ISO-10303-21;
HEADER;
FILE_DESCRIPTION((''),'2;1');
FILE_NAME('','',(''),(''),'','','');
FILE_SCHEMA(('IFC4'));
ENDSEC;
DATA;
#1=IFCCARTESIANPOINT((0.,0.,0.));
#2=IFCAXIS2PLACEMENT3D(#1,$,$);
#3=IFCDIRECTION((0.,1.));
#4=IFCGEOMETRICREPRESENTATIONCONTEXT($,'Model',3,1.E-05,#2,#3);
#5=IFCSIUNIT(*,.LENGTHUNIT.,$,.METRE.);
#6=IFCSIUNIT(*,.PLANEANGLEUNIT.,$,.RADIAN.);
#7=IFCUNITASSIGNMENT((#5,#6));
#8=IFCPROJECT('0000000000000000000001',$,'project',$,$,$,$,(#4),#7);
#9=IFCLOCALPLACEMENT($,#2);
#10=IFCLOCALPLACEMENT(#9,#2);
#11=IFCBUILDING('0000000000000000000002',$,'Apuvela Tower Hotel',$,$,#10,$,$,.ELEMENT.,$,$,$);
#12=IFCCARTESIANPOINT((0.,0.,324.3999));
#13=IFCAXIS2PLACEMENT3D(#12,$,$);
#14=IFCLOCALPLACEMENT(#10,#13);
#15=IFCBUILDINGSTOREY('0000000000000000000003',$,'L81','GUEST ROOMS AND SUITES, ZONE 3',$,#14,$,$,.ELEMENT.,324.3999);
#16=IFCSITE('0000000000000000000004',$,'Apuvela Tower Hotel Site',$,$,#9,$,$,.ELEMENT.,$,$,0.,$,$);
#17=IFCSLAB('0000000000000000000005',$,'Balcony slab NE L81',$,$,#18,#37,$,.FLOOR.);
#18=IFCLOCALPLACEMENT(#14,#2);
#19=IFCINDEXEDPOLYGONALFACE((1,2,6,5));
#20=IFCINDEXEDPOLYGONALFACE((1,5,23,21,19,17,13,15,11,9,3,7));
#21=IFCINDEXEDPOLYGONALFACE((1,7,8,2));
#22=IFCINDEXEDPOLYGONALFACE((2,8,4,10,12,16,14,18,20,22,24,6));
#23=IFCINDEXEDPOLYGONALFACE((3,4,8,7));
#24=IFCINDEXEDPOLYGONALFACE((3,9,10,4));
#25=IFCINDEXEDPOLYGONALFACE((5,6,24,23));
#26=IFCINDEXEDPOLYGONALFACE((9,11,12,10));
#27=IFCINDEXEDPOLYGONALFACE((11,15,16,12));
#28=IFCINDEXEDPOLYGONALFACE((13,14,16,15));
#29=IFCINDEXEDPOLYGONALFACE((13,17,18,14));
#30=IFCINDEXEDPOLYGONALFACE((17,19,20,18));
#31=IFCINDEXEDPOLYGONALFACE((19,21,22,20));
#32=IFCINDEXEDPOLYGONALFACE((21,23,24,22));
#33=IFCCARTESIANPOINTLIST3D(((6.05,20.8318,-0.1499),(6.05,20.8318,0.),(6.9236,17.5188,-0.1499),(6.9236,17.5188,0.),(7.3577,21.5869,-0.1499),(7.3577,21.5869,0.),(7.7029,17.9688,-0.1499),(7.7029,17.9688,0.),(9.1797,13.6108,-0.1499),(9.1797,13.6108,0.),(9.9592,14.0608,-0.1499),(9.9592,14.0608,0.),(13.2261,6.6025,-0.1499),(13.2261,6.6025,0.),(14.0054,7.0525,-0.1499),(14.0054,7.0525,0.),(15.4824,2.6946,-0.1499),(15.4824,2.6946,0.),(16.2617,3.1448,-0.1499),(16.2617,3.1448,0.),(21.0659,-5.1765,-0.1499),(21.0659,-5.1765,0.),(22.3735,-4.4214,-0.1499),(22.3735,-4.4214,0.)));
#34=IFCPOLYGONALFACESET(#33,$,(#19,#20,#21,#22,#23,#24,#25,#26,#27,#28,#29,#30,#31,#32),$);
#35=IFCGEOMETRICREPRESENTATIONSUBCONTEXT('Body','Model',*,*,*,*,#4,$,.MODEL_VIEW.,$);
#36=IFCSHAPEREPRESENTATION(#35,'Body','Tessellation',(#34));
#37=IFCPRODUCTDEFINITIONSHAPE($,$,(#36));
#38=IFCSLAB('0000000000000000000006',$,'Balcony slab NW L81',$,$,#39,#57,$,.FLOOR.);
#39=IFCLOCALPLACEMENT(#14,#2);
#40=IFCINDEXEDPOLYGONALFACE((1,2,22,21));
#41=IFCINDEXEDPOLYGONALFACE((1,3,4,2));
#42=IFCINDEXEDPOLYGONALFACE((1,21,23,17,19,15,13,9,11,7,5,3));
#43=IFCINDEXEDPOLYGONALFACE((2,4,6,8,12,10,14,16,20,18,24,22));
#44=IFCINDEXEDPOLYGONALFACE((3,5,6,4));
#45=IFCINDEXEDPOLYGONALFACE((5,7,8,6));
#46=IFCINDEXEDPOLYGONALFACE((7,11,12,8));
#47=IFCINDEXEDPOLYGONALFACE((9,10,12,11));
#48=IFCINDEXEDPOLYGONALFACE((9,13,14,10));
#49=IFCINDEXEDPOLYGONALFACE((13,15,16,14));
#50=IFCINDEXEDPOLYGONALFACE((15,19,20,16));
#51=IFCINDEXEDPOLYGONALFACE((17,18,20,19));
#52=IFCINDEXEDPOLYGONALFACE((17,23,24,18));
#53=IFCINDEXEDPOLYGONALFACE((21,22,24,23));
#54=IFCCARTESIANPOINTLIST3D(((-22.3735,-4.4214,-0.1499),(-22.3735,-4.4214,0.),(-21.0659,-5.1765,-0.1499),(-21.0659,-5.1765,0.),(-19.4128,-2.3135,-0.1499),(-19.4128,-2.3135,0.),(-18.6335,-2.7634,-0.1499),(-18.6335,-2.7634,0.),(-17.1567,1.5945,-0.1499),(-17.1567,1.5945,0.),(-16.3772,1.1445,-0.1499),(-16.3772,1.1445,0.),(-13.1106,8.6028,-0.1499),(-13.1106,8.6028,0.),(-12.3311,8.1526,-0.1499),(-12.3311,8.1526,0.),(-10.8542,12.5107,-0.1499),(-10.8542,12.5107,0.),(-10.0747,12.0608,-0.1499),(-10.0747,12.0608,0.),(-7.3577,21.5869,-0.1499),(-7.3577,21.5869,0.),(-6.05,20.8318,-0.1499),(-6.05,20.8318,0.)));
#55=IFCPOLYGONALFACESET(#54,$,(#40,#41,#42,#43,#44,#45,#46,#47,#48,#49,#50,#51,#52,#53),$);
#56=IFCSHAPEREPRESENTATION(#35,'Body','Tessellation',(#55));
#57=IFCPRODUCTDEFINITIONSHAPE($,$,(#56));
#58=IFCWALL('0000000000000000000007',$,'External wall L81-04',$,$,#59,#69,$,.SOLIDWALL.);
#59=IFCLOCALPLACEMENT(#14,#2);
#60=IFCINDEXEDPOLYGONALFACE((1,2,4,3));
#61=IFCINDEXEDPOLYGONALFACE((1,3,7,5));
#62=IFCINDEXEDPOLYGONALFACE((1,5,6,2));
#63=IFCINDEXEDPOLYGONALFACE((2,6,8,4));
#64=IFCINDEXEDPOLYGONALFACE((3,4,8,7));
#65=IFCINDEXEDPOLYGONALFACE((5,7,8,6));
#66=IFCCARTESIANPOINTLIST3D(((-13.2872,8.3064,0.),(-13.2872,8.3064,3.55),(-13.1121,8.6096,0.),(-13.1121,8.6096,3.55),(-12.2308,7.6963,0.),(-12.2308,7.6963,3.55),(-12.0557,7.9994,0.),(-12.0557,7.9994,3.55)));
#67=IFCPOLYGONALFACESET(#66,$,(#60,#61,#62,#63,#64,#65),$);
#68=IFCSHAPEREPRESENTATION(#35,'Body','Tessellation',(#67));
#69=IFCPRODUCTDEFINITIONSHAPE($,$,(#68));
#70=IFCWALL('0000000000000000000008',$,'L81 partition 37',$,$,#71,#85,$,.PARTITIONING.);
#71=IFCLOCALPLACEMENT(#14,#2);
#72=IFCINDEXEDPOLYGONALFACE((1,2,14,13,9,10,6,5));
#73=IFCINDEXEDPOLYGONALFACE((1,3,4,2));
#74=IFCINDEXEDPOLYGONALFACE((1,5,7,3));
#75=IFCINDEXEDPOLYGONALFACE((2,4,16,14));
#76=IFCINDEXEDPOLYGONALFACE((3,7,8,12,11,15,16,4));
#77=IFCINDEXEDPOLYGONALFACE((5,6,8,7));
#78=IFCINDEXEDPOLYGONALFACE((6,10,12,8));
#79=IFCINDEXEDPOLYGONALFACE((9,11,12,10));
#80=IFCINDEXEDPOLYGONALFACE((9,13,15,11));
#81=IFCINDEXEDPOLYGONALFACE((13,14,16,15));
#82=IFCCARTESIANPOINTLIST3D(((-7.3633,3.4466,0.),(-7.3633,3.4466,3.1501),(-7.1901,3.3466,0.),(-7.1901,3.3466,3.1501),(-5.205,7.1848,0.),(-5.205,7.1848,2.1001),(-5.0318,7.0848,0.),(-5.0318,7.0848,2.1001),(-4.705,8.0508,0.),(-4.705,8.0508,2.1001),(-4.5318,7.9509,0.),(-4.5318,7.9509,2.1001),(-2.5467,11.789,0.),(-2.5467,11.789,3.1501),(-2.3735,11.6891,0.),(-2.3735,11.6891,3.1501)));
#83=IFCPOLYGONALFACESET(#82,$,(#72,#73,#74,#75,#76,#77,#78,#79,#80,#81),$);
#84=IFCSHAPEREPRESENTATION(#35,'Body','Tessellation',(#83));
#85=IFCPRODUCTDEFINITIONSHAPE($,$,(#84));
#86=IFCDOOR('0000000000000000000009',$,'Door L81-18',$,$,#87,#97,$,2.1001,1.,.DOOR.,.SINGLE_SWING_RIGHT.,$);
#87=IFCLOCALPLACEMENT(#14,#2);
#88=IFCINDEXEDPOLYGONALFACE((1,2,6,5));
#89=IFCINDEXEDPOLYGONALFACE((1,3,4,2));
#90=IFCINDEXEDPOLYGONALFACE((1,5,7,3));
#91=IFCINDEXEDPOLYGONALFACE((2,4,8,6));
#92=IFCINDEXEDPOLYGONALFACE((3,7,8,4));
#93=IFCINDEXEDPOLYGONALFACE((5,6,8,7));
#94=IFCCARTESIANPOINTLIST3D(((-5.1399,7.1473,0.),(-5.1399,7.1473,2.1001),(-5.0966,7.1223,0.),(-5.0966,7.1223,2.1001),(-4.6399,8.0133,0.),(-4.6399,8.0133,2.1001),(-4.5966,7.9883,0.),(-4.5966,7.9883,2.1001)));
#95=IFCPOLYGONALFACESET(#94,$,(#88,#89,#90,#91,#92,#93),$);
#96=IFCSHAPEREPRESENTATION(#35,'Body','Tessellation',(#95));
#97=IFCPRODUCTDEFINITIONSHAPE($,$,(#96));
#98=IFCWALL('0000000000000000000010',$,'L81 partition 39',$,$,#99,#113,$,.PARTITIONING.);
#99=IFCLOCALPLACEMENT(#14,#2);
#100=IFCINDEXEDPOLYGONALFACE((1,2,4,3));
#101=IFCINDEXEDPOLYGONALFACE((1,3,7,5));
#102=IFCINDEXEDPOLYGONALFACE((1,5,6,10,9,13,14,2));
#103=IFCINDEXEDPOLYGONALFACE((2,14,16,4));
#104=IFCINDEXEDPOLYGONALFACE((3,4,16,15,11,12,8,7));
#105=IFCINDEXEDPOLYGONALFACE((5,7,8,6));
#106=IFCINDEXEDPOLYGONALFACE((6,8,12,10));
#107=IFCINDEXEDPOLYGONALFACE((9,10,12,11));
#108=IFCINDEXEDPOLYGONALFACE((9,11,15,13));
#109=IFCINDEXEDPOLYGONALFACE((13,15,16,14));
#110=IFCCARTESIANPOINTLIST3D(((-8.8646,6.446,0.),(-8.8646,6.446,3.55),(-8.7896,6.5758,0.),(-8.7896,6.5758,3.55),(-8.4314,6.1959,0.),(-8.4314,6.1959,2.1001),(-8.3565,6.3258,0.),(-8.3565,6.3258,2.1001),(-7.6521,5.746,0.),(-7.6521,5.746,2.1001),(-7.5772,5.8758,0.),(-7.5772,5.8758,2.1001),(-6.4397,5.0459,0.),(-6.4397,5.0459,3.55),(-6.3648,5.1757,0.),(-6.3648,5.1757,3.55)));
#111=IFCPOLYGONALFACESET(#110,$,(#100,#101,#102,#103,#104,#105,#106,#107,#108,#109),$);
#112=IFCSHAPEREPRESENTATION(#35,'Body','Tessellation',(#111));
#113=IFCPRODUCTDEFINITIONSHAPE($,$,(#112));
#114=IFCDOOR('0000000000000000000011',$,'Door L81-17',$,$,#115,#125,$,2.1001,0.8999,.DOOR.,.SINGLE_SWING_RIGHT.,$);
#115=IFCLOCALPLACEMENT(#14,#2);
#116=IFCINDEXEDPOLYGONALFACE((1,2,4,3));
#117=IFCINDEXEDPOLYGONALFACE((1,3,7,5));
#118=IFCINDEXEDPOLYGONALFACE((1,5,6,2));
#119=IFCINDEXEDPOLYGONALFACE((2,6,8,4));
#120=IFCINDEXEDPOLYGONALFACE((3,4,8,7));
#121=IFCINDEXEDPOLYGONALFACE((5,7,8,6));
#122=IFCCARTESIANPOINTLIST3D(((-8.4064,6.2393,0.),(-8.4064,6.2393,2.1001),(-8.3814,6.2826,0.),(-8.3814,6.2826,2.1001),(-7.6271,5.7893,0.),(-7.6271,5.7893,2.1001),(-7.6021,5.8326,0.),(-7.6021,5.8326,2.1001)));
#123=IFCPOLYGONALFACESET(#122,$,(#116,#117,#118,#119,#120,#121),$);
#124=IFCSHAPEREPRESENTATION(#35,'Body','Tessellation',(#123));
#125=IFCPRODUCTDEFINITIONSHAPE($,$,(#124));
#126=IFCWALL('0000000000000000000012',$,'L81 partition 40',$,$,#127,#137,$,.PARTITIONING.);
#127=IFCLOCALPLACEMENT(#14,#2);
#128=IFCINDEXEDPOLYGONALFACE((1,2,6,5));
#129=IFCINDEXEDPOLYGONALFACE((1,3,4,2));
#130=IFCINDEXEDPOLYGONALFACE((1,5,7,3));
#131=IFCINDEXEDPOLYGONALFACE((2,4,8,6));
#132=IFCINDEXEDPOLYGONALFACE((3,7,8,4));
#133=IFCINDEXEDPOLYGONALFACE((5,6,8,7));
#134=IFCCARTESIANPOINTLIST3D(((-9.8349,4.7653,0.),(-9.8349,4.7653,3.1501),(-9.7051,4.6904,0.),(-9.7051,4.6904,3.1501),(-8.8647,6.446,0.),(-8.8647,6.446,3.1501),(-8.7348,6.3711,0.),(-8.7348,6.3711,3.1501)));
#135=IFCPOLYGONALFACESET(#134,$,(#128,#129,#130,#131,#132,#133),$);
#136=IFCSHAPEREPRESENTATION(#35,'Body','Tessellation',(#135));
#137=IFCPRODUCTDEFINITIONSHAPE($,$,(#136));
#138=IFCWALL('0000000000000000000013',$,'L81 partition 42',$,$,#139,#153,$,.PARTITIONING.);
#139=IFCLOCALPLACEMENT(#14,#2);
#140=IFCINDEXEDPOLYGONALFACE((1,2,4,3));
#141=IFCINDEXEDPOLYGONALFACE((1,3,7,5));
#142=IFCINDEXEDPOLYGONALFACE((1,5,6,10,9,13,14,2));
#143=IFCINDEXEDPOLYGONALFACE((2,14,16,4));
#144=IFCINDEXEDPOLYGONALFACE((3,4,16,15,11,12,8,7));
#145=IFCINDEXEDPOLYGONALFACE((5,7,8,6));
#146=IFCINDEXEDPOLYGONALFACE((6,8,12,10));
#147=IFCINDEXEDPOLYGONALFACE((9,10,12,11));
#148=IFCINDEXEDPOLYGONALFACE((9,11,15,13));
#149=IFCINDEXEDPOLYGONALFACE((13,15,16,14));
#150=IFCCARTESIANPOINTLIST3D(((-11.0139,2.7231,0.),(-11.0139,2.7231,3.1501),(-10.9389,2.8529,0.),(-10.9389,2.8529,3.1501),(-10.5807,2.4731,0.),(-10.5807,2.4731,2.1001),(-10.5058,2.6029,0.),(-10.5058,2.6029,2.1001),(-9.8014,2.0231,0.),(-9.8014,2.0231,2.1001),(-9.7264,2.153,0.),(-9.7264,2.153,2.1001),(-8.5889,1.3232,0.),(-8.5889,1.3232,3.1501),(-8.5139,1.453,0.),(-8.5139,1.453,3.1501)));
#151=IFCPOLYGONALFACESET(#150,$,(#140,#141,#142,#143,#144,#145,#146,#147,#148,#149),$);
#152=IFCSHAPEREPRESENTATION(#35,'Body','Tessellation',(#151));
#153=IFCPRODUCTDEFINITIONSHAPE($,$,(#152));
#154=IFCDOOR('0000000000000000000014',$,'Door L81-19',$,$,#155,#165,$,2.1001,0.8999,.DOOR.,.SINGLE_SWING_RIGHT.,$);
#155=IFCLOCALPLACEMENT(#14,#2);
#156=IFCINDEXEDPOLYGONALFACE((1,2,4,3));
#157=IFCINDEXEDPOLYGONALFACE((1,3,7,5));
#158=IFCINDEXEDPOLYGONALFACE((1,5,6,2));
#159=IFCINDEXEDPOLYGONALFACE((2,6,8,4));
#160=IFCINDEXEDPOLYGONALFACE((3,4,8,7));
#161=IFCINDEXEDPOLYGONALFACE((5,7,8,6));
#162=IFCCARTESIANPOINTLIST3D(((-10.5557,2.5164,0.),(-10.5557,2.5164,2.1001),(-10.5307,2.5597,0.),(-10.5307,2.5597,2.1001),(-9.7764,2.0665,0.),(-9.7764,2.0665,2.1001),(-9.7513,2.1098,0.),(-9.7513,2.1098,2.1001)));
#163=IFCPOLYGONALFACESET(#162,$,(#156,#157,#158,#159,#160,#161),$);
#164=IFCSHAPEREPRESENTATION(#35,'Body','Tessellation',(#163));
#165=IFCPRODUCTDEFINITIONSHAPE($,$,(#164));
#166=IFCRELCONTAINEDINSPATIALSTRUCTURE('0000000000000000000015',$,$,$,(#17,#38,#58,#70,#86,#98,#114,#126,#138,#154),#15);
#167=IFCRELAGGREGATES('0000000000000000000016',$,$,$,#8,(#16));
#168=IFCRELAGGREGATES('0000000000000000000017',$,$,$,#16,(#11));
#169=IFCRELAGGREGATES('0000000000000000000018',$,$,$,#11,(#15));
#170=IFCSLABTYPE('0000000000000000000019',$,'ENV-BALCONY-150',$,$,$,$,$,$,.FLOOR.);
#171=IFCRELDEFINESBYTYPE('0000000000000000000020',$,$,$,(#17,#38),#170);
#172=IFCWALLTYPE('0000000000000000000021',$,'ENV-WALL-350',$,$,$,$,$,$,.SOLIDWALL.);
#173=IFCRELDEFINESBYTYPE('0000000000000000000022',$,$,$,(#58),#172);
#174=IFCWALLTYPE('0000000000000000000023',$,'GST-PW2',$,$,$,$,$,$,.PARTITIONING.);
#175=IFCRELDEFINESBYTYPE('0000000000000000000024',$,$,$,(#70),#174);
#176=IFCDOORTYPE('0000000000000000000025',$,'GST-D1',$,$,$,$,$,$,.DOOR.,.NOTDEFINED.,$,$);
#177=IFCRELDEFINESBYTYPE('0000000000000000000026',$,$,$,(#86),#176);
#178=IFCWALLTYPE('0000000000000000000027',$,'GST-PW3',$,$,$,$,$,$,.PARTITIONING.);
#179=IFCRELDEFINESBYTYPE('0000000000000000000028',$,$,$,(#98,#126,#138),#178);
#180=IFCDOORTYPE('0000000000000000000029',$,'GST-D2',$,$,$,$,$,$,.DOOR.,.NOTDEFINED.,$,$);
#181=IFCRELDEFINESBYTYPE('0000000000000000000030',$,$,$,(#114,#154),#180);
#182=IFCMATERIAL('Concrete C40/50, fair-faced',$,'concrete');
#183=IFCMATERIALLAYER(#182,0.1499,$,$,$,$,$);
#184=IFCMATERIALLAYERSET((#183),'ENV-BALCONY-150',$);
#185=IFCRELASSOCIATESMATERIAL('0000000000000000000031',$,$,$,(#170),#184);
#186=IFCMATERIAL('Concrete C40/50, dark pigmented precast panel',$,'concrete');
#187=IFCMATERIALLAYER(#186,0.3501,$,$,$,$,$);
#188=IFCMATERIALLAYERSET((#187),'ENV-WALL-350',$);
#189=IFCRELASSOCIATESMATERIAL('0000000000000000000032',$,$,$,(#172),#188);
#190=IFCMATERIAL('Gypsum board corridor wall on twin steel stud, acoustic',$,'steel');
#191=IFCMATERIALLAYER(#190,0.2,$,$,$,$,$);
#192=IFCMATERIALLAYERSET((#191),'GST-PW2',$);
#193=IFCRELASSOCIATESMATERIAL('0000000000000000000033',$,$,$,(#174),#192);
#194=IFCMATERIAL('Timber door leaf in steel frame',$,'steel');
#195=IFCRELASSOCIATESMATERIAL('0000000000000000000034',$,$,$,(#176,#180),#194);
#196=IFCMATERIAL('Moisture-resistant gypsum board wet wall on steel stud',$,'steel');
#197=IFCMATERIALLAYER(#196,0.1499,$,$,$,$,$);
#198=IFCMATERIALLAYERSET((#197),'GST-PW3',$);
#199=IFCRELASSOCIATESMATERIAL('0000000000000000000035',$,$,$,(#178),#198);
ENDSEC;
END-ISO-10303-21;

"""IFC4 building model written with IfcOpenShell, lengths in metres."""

from ifc_helpers import new_model, si_unit, direction, frame, frame_2d, origin, place, context, subcontext, project, spatial, polyline, rectangle, outline, extrude, material, layer, layer_set, type_object, element, fill, save


model = new_model("IFC4")

# Units and contexts
model_context = context("Model", 3, precision=1e-05, world=origin(), true_north=direction((0.0, 1.0)))
body_context = subcontext(model_context, "Body", "Model", "MODEL_VIEW")
ifc_project = project(units=[si_unit("LENGTHUNIT", "METRE"), si_unit("PLANEANGLEUNIT", "RADIAN")], contexts=[model_context])

# Site, building, storey
site_placement = place(None, origin())
site = spatial("IfcSite", under=ifc_project, at=site_placement, Name="Apuvela Tower Hotel Site", CompositionType="ELEMENT", RefElevation=0.0)
building_placement = place(site_placement, origin())
building = spatial("IfcBuilding", under=site, at=building_placement, Name="Apuvela Tower Hotel", CompositionType="ELEMENT")
storey_placement = place(building_placement, frame((0.0, 0.0, 324.3999)))
storey = spatial("IfcBuildingStorey", under=building, at=storey_placement, Name="L81", Description="GUEST ROOMS AND SUITES, ZONE 3", CompositionType="ELEMENT", Elevation=324.3999)

# Slabs
ifc_material_1 = material(Name="Concrete C40/50, fair-faced", Category="concrete")
ifc_layer_1 = layer(ifc_material_1, 0.1499)
ifc_layer_set_1 = layer_set([ifc_layer_1], Name="ENV-BALCONY-150")
slab_type_1 = type_object("IfcSlabType", Name="ENV-BALCONY-150", PredefinedType="FLOOR", material=ifc_layer_set_1)
slab_1_placement = place(storey_placement, frame((0.0, 0.0, -0.1499)))
element("IfcSlab", 1, at=slab_1_placement, inside=storey, type_object=slab_type_1, Name="Balcony slab NE L81", PredefinedType="FLOOR", context=body_context, shape_type="SweptSolid", body=[
    extrude(outline(polyline([(14.0054, 7.0525), (9.9592, 14.0608), (9.1797, 13.6108), (6.9236, 17.5188), (7.7029, 17.9688), (6.05, 20.8318), (7.3577, 21.5869), (22.3735, -4.4214), (21.0659, -5.1765), (16.2617, 3.1448), (15.4824, 2.6946), (13.2261, 6.6025), (14.0054, 7.0525)])), origin(), (0.0, 0.0, 1.0), 0.1499),
])
slab_2_placement = place(storey_placement, frame((0.0, 0.0, -0.1499)))
element("IfcSlab", 2, at=slab_2_placement, inside=storey, type_object=slab_type_1, Name="Balcony slab NW L81", PredefinedType="FLOOR", context=body_context, shape_type="SweptSolid", body=[
    extrude(outline(polyline([(-22.3735, -4.4214), (-7.3577, 21.5869), (-6.05, 20.8318), (-10.8542, 12.5107), (-10.0747, 12.0608), (-12.3311, 8.1526), (-13.1106, 8.6028), (-17.1567, 1.5945), (-16.3772, 1.1445), (-18.6335, -2.7634), (-19.4128, -2.3135), (-21.0659, -5.1765), (-22.3735, -4.4214)])), origin(), (0.0, 0.0, 1.0), 0.1499),
])

# Wall
ifc_material_2 = material(Name="Concrete C40/50, dark pigmented precast panel", Category="concrete")
ifc_layer_2 = layer(ifc_material_2, 0.3501)
ifc_layer_set_2 = layer_set([ifc_layer_2], Name="ENV-WALL-350")
wall_type_1 = type_object("IfcWallType", Name="ENV-WALL-350", PredefinedType="SOLIDWALL", material=ifc_layer_set_2)
wall_1_placement = place(storey_placement, frame((-12.1433, 7.8479, 0.0), z_axis=(0.0, 0.0, 1.0), x_axis=(-0.865956, 0.500121, 0.0)))
element("IfcWall", 3, at=wall_1_placement, inside=storey, type_object=wall_type_1, Name="External wall L81-04", PredefinedType="SOLIDWALL", context=body_context, shape_type="SweptSolid", body=[
    extrude(rectangle(XDim=1.22, YDim=0.3501, at=frame_2d((0.6099, 0.0))), origin(), (0.0, 0.0, 1.0), 3.55),
])

# Walls, openings, doors
ifc_material_3 = material(Name="Gypsum board corridor wall on twin steel stud, acoustic", Category="steel")
ifc_layer_3 = layer(ifc_material_3, 0.2)
ifc_layer_set_3 = layer_set([ifc_layer_3], Name="GST-PW2")
wall_type_2 = type_object("IfcWallType", Name="GST-PW2", PredefinedType="PARTITIONING", material=ifc_layer_set_3)
wall_2_placement = place(storey_placement, frame((-7.2766, 3.3967, 0.0), z_axis=(0.0, 0.0, 1.0), x_axis=(0.500007, 0.866021, 0.0)))
wall_2 = element("IfcWall", 4, at=wall_2_placement, inside=storey, type_object=wall_type_2, Name="L81 partition 37", PredefinedType="PARTITIONING", context=body_context, shape_type="SweptSolid", body=[
    extrude(rectangle(XDim=9.6331, YDim=0.2, at=frame_2d((4.8164, 0.0))), origin(), (0.0, 0.0, 1.0), 3.1501),
])
opening_1_placement = place(wall_2_placement, frame((4.3164, 0.0, 0.0)))
opening_1 = element("IfcOpeningElement", 5, at=opening_1_placement, cuts=wall_2, PredefinedType="OPENING", context=body_context, shape_type="SweptSolid", body=[
    extrude(rectangle(XDim=1.0, YDim=2.1001, at=frame_2d((0.5, 1.05))), frame((0.0, 0.1099, 0.0), z_axis=(0.0, -1.0, 0.0), x_axis=(1.0, 0.0, 0.0)), (0.0, 0.0, 1.0), 0.22),
])
ifc_material_4 = material(Name="Timber door leaf in steel frame", Category="steel")
door_type_1 = type_object("IfcDoorType", Name="GST-D1", OperationType="NOTDEFINED", PredefinedType="DOOR", material=ifc_material_4)
door_1_placement = place(opening_1_placement, origin())
door_1 = element("IfcDoor", 6, at=door_1_placement, inside=storey, type_object=door_type_1, Name="Door L81-18", OperationType="SINGLE_SWING_RIGHT", OverallHeight=2.1001, OverallWidth=1.0, PredefinedType="DOOR", context=body_context, shape_type="SweptSolid", body=[
    extrude(rectangle(XDim=1.0, YDim=2.1001, at=frame_2d((0.5, 1.05))), frame((0.0, 0.0249, 0.0), z_axis=(0.0, -1.0, 0.0), x_axis=(1.0, 0.0, 0.0)), (0.0, 0.0, 1.0), 0.05),
])
fill(opening_1, door_1)
ifc_material_5 = material(Name="Moisture-resistant gypsum board wet wall on steel stud", Category="steel")
ifc_layer_4 = layer(ifc_material_5, 0.1499)
ifc_layer_set_4 = layer_set([ifc_layer_4], Name="GST-PW3")
wall_type_3 = type_object("IfcWallType", Name="GST-PW3", PredefinedType="PARTITIONING", material=ifc_layer_set_4)
wall_3_placement = place(storey_placement, frame((-6.4023, 5.1108, 0.0), z_axis=(0.0, 0.0, 1.0), x_axis=(-0.865997, 0.50005, 0.0)))
wall_3 = element("IfcWall", 7, at=wall_3_placement, inside=storey, type_object=wall_type_3, Name="L81 partition 39", PredefinedType="PARTITIONING", context=body_context, shape_type="SweptSolid", body=[
    extrude(rectangle(XDim=2.8, YDim=0.1499, at=frame_2d((1.3999, 0.0))), origin(), (0.0, 0.0, 1.0), 3.55),
])
opening_2_placement = place(wall_3_placement, frame((1.3999, 0.0, 0.0)))
opening_2 = element("IfcOpeningElement", 8, at=opening_2_placement, cuts=wall_3, PredefinedType="OPENING", context=body_context, shape_type="SweptSolid", body=[
    extrude(rectangle(XDim=0.8999, YDim=2.1001, at=frame_2d((0.45, 1.05))), frame((0.0, 0.085, 0.0), z_axis=(0.0, -1.0, 0.0), x_axis=(1.0, 0.0, 0.0)), (0.0, 0.0, 1.0), 0.1699),
])
door_type_2 = type_object("IfcDoorType", Name="GST-D2", OperationType="NOTDEFINED", PredefinedType="DOOR", material=ifc_material_4)
door_2_placement = place(opening_2_placement, origin())
door_2 = element("IfcDoor", 9, at=door_2_placement, inside=storey, type_object=door_type_2, Name="Door L81-17", OperationType="SINGLE_SWING_RIGHT", OverallHeight=2.1001, OverallWidth=0.8999, PredefinedType="DOOR", context=body_context, shape_type="SweptSolid", body=[
    extrude(rectangle(XDim=0.8999, YDim=2.1001, at=frame_2d((0.45, 1.05))), frame((0.0, 0.0249, 0.0), z_axis=(0.0, -1.0, 0.0), x_axis=(1.0, 0.0, 0.0)), (0.0, 0.0, 1.0), 0.05),
])
fill(opening_2, door_2)

# Wall
wall_4_placement = place(storey_placement, frame((-8.7998, 6.4084, 0.0), z_axis=(0.0, 0.0, 1.0), x_axis=(-0.499955, -0.866052, 0.0)))
element("IfcWall", 10, at=wall_4_placement, inside=storey, type_object=wall_type_3, Name="L81 partition 40", PredefinedType="PARTITIONING", context=body_context, shape_type="SweptSolid", body=[
    extrude(rectangle(XDim=1.9407, YDim=0.1499, at=frame_2d((0.9702, 0.0))), origin(), (0.0, 0.0, 1.0), 3.1501),
])

# Wall, opening, door
wall_5_placement = place(storey_placement, frame((-8.5515, 1.3882, 0.0), z_axis=(0.0, 0.0, 1.0), x_axis=(-0.866056, 0.499946, 0.0)))
wall_5 = element("IfcWall", 11, at=wall_5_placement, inside=storey, type_object=wall_type_3, Name="L81 partition 42", PredefinedType="PARTITIONING", context=body_context, shape_type="SweptSolid", body=[
    extrude(rectangle(XDim=2.8, YDim=0.1499, at=frame_2d((1.3999, 0.0))), origin(), (0.0, 0.0, 1.0), 3.1501),
])
opening_3_placement = place(wall_5_placement, frame((1.3999, 0.0, 0.0)))
opening_3 = element("IfcOpeningElement", 12, at=opening_3_placement, cuts=wall_5, PredefinedType="OPENING", context=body_context, shape_type="SweptSolid", body=[
    extrude(rectangle(XDim=0.8999, YDim=2.1001, at=frame_2d((0.45, 1.05))), frame((0.0, 0.085, 0.0), z_axis=(0.0, -1.0, 0.0), x_axis=(1.0, 0.0, 0.0)), (0.0, 0.0, 1.0), 0.1699),
])
door_3_placement = place(opening_3_placement, origin())
door_3 = element("IfcDoor", 13, at=door_3_placement, inside=storey, type_object=door_type_2, Name="Door L81-19", OperationType="SINGLE_SWING_RIGHT", OverallHeight=2.1001, OverallWidth=0.8999, PredefinedType="DOOR", context=body_context, shape_type="SweptSolid", body=[
    extrude(rectangle(XDim=0.8999, YDim=2.1001, at=frame_2d((0.45, 1.05))), frame((0.0, 0.0249, 0.0), z_axis=(0.0, -1.0, 0.0), x_axis=(1.0, 0.0, 0.0)), (0.0, 0.0, 1.0), 0.05),
])
fill(opening_3, door_3)

save(model, "model.ifc")
